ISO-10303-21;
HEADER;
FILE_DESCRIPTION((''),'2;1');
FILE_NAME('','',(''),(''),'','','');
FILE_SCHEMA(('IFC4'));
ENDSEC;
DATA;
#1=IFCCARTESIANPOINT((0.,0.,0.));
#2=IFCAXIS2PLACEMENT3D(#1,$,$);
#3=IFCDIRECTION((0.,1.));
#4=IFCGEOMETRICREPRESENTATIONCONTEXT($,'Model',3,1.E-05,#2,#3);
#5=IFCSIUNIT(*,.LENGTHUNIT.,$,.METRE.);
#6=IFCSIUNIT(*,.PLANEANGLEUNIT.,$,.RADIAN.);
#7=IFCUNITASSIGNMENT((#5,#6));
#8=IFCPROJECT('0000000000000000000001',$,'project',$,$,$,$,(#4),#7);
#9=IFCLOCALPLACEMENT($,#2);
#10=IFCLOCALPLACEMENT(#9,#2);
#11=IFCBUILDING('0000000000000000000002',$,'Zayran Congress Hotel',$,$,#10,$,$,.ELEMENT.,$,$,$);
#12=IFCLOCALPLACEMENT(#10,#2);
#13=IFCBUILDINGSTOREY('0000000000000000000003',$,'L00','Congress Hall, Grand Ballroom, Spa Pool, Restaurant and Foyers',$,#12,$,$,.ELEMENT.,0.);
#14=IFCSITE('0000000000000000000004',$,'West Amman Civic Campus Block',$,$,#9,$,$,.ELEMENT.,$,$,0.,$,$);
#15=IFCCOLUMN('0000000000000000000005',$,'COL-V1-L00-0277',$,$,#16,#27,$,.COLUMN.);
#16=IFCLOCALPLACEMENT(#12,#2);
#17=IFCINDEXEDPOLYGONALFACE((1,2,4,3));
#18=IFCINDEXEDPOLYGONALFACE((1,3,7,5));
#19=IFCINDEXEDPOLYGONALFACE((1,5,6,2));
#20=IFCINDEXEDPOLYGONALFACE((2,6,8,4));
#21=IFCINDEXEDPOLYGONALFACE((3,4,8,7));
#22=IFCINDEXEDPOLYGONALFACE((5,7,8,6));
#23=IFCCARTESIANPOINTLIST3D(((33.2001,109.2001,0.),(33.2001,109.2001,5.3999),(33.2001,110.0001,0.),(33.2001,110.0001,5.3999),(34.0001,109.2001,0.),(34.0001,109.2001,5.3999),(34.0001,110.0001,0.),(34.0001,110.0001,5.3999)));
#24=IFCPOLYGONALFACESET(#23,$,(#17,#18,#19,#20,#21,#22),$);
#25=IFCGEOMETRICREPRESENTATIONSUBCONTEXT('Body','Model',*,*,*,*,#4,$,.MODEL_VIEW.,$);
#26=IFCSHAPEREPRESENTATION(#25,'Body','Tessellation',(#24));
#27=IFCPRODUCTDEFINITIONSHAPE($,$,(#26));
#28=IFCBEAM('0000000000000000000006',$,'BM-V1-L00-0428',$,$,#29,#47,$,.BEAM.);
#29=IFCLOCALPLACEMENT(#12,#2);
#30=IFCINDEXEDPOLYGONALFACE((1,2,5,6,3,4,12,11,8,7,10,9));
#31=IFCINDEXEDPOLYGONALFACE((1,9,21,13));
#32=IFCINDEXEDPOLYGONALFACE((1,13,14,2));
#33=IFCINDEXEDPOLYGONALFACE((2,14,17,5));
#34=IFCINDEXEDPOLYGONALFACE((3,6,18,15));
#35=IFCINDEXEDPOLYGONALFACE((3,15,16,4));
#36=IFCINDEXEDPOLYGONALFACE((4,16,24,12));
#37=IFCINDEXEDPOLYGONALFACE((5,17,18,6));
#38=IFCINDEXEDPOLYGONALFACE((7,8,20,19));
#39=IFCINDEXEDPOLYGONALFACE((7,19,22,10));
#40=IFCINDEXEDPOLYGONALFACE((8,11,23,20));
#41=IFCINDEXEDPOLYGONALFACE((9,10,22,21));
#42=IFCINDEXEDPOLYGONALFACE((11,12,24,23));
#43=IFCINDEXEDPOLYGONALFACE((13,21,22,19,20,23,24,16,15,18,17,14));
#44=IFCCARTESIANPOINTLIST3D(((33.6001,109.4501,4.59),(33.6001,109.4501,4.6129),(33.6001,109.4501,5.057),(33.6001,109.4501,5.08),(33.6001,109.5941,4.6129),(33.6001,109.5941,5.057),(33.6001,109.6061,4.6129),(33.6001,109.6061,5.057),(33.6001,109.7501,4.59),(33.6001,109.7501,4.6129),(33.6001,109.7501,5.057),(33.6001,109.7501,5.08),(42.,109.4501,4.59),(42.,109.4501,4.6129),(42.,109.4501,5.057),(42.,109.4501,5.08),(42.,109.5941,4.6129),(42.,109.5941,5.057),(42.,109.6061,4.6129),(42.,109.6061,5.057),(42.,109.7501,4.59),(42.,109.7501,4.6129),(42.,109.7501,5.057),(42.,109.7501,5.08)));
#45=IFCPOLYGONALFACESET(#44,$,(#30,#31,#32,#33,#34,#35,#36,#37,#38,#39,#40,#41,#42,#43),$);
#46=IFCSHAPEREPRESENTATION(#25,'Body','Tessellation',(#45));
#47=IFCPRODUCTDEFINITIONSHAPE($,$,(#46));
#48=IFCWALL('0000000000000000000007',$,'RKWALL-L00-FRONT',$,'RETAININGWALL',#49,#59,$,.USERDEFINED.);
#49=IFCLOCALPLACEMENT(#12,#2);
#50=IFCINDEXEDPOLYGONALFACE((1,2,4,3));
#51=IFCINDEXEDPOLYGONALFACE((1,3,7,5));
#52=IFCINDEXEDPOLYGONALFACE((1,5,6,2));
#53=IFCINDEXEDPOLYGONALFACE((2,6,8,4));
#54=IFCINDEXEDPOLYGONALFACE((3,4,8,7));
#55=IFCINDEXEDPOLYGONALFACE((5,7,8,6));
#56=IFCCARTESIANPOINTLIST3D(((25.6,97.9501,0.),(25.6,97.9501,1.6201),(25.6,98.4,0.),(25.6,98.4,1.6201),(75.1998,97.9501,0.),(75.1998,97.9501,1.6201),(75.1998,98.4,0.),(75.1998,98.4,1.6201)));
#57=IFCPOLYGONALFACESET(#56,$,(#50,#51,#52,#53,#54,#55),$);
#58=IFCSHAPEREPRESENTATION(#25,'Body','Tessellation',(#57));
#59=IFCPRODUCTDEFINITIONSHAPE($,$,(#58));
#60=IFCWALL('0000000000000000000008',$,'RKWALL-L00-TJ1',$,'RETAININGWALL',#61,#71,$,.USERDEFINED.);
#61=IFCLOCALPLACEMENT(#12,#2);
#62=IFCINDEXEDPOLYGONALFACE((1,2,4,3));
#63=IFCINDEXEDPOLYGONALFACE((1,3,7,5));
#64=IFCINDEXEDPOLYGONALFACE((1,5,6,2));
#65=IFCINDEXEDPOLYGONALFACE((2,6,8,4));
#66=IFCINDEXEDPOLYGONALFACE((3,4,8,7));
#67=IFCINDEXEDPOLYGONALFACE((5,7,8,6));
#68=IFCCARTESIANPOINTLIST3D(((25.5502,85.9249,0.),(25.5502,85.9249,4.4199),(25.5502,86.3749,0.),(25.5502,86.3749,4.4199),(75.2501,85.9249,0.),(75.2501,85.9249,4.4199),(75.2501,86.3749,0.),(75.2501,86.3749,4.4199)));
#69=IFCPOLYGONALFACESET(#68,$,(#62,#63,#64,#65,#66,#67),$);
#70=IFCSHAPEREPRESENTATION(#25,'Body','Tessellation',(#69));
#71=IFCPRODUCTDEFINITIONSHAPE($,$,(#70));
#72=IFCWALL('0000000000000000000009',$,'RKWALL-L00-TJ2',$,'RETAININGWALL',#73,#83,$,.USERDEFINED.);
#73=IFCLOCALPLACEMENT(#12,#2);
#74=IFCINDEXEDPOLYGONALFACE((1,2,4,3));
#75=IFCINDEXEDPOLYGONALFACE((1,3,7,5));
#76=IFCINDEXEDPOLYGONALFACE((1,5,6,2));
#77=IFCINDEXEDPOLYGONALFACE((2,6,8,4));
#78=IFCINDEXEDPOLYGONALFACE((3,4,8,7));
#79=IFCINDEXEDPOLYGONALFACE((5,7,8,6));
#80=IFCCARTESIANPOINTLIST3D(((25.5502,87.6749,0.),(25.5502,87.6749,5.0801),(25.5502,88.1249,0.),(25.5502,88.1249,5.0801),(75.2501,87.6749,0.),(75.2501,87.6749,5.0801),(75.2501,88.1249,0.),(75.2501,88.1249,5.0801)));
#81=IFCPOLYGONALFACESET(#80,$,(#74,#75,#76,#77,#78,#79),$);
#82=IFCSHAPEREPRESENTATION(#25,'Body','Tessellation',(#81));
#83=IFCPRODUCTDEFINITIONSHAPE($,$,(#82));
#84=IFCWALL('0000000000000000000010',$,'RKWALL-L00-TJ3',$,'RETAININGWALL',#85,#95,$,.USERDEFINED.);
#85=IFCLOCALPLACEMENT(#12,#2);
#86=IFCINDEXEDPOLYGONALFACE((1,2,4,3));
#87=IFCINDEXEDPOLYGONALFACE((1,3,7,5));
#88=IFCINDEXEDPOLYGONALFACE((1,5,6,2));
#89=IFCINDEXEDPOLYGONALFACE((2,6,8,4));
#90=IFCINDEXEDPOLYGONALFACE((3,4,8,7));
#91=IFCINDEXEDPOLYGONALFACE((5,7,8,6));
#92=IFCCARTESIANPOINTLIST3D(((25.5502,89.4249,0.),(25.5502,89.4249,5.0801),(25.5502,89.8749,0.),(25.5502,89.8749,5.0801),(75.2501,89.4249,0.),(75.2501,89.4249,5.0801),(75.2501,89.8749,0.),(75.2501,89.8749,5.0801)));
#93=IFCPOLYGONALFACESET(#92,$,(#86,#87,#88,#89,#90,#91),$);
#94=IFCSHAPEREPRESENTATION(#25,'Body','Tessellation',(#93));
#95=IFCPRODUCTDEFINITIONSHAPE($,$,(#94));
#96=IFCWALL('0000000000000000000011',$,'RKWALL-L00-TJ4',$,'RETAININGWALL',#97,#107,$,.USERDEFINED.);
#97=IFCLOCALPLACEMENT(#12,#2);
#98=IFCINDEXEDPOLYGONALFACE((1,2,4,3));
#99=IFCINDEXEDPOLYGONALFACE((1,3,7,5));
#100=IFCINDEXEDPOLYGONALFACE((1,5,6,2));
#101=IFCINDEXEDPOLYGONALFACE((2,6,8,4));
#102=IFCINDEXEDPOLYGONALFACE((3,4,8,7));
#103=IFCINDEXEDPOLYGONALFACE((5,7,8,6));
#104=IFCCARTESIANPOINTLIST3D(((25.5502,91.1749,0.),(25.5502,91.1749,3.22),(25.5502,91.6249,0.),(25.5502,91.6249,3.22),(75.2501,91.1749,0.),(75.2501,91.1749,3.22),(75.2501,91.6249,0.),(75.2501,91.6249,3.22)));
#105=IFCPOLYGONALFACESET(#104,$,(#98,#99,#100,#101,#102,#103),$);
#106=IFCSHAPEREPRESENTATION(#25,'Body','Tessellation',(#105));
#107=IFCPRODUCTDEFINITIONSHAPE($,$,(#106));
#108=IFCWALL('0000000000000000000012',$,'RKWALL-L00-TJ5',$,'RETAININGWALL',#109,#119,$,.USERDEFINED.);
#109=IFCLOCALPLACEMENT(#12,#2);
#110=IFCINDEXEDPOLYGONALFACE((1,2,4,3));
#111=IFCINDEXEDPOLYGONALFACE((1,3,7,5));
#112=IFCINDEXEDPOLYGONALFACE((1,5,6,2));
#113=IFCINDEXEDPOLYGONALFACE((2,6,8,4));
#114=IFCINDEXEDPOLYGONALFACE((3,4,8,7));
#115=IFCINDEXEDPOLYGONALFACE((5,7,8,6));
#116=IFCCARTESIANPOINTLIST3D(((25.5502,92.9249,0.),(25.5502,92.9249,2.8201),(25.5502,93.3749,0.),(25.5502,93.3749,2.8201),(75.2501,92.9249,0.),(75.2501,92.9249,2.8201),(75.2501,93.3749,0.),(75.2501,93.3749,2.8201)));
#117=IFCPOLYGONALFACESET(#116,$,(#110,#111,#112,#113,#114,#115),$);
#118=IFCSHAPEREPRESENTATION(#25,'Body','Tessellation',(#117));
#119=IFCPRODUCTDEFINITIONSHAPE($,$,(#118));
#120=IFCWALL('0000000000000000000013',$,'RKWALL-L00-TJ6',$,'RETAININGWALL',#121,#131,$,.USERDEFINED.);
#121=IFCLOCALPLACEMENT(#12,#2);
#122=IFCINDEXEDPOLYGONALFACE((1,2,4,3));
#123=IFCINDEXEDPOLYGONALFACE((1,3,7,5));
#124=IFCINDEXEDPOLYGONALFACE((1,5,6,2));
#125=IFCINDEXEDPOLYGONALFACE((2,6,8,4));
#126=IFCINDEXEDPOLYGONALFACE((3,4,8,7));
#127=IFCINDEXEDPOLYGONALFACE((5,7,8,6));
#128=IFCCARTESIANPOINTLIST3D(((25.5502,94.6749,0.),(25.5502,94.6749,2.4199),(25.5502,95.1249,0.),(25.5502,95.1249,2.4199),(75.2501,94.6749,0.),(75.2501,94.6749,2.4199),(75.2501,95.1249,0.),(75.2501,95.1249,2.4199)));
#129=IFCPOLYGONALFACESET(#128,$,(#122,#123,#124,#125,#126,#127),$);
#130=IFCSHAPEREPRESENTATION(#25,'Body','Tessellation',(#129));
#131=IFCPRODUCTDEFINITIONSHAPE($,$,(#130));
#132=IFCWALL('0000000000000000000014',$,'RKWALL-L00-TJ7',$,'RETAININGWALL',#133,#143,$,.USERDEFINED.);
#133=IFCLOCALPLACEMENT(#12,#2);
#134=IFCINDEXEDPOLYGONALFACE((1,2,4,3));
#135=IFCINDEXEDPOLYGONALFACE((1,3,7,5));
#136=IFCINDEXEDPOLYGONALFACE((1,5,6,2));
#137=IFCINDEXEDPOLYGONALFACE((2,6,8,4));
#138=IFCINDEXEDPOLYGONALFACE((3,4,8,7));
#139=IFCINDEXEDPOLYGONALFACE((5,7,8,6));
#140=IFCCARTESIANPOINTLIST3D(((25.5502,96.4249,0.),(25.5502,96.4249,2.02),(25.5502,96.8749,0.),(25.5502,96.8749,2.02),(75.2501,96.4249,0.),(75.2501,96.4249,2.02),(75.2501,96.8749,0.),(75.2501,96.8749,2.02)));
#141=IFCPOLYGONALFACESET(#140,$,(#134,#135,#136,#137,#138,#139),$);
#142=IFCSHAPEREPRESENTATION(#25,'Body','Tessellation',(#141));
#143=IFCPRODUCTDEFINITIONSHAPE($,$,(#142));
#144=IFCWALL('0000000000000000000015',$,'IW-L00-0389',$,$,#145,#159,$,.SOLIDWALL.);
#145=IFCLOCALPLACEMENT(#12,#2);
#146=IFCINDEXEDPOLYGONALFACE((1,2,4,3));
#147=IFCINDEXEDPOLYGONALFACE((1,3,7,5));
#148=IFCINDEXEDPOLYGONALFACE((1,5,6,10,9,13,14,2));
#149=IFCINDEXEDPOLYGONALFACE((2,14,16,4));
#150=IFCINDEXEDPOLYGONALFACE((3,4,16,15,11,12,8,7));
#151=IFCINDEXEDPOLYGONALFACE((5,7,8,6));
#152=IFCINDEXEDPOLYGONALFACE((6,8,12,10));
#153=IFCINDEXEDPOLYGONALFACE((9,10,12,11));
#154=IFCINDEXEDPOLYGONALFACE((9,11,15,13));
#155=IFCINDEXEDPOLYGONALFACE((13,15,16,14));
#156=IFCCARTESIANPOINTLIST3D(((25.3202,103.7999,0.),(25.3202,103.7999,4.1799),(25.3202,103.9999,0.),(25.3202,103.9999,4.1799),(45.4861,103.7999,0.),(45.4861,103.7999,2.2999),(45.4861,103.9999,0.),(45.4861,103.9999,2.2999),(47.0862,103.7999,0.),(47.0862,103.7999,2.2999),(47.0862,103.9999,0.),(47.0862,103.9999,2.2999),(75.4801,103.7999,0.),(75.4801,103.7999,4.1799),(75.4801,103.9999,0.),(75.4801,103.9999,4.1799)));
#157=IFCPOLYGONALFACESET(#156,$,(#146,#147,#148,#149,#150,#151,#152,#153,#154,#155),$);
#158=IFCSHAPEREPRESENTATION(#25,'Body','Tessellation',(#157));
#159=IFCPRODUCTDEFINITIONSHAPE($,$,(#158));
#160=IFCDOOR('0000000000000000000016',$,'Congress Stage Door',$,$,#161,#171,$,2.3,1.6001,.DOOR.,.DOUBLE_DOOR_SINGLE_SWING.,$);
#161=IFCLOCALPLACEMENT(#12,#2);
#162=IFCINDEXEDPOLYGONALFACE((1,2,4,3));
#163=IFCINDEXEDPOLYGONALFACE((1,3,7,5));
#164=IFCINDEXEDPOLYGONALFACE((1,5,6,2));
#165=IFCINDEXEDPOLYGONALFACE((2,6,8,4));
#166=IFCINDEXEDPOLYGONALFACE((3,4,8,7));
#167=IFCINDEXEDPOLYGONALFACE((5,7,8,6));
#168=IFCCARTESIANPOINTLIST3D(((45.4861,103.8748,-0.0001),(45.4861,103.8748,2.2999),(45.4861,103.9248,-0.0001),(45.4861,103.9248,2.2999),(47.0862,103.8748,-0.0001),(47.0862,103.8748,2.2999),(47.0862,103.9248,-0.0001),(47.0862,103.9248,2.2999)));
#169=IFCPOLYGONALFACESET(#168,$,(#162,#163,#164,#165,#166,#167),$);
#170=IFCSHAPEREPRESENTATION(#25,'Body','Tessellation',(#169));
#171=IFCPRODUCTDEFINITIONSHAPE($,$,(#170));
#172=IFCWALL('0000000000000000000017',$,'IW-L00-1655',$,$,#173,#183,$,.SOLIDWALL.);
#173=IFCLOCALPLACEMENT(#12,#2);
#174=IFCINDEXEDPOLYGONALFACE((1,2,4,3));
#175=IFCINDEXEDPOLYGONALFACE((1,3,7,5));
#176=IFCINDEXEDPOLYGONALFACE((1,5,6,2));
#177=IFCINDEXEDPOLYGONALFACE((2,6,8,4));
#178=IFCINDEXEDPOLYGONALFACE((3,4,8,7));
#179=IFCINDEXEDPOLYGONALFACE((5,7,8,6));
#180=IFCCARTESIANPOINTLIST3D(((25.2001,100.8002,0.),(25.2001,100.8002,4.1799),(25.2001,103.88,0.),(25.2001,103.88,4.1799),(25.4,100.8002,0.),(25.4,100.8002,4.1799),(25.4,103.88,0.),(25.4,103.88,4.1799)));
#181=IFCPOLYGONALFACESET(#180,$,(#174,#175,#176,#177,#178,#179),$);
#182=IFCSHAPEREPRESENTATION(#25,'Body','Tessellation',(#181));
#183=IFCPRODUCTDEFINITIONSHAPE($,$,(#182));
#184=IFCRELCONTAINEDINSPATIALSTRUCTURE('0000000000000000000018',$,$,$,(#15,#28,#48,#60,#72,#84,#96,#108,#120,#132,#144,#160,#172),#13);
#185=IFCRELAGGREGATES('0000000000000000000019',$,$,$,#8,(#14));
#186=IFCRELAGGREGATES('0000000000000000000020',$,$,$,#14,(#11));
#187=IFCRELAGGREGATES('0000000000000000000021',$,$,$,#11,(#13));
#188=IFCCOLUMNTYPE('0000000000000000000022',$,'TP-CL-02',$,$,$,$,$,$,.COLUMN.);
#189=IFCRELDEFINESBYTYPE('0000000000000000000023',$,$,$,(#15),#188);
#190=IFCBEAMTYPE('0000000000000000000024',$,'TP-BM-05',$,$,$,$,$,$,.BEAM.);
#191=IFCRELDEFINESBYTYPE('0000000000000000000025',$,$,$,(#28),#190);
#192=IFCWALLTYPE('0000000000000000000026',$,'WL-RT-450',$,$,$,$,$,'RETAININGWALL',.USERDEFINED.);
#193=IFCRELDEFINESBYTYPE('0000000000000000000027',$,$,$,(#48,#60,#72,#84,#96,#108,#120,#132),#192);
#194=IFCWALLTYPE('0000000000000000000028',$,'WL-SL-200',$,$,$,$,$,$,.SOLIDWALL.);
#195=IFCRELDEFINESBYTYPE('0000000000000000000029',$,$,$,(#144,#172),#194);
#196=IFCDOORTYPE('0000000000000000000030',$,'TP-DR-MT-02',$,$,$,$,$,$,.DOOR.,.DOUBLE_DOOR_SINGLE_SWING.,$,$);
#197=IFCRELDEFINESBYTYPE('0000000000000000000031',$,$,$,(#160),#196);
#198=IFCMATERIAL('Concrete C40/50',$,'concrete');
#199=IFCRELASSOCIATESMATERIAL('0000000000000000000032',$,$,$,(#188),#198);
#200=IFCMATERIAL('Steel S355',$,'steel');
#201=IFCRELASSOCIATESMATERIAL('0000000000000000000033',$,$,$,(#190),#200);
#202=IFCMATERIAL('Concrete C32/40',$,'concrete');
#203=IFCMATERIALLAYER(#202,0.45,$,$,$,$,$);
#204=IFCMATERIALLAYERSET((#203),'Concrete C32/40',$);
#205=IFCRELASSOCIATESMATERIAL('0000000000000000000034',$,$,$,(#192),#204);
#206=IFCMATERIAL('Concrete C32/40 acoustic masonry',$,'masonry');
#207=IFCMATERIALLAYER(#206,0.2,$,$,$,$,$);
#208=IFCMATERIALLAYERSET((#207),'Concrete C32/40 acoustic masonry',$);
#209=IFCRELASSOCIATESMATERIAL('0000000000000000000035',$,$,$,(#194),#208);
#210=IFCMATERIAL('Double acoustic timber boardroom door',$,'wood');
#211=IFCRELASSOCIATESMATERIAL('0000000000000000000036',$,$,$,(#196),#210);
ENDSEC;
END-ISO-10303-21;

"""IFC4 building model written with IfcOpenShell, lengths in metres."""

from ifc_helpers import new_model, si_unit, direction, frame, frame_2d, origin, origin_2d, place, context, subcontext, project, spatial, rectangle, i_section, extrude, material, layer, layer_set, material_profile, profile_set, type_object, element, fill, save


model = new_model("IFC4")

# Units and contexts
model_context = context("Model", 3, precision=1e-05, world=origin(), true_north=direction((0.0, 1.0)))
body_context = subcontext(model_context, "Body", "Model", "MODEL_VIEW")
ifc_project = project(units=[si_unit("LENGTHUNIT", "METRE"), si_unit("PLANEANGLEUNIT", "RADIAN")], contexts=[model_context])

# Site, building, storey
site_placement = place(None, origin())
site = spatial("IfcSite", under=ifc_project, at=site_placement, Name="West Amman Civic Campus Block", CompositionType="ELEMENT", RefElevation=0.0)
building_placement = place(site_placement, origin())
building = spatial("IfcBuilding", under=site, at=building_placement, Name="Zayran Congress Hotel", CompositionType="ELEMENT")
storey_placement = place(building_placement, origin())
storey = spatial("IfcBuildingStorey", under=building, at=storey_placement, Name="L00", Description="Congress Hall, Grand Ballroom, Spa Pool, Restaurant and Foyers", CompositionType="ELEMENT", Elevation=0.0)

# Column
ifc_material_1 = material(Name="Concrete C40/50", Category="concrete")
ifc_material_profile_1 = material_profile(ifc_material_1, rectangle(XDim=0.8, YDim=0.8, at=origin_2d()), Name="RC 800x800")
ifc_profile_set_1 = profile_set([ifc_material_profile_1], Name="Concrete C40/50")
column_type = type_object("IfcColumnType", Name="TP-CL-02", PredefinedType="COLUMN", material=ifc_profile_set_1)
column_placement = place(storey_placement, frame((33.6001, 109.6001, 0.0), z_axis=(0.0, 0.0, 1.0), x_axis=(1.0, 0.0, 0.0)))
element("IfcColumn", 1, at=column_placement, inside=storey, type_object=column_type, Name="COL-V1-L00-0277", PredefinedType="COLUMN", context=body_context, shape_type="SweptSolid", body=[
    extrude(rectangle(XDim=0.8, YDim=0.8, at=origin_2d()), origin(), (0.0, 0.0, 1.0), 5.3999),
])

# Beam
ifc_material_2 = material(Name="Steel S355", Category="steel")
ifc_material_profile_2 = material_profile(ifc_material_2, i_section(OverallWidth=0.3, OverallDepth=0.49, WebThickness=0.012, FlangeThickness=0.0229, at=origin_2d()), Name="HEA 500")
ifc_profile_set_2 = profile_set([ifc_material_profile_2], Name="Steel S355")
beam_type = type_object("IfcBeamType", Name="TP-BM-05", PredefinedType="BEAM", material=ifc_profile_set_2)
beam_placement = place(storey_placement, frame((33.6001, 109.6001, 4.835), z_axis=(1.0, 0.0, 0.0), x_axis=(0.0, 1.0, 0.0)))
element("IfcBeam", 2, at=beam_placement, inside=storey, type_object=beam_type, Name="BM-V1-L00-0428", PredefinedType="BEAM", context=body_context, shape_type="SweptSolid", body=[
    extrude(i_section(OverallWidth=0.3, OverallDepth=0.49, WebThickness=0.012, FlangeThickness=0.0229, at=origin_2d()), origin(), (0.0, 0.0, 1.0), 8.3999),
])

# Walls
ifc_material_3 = material(Name="Concrete C32/40", Category="concrete")
ifc_layer_1 = layer(ifc_material_3, 0.45)
ifc_layer_set_1 = layer_set([ifc_layer_1], Name="Concrete C32/40")
wall_type_1 = type_object("IfcWallType", Name="WL-RT-450", ElementType="RETAININGWALL", PredefinedType="USERDEFINED", material=ifc_layer_set_1)
wall_1_placement = place(storey_placement, frame((25.6001, 98.175, 0.0), z_axis=(0.0, 0.0, 1.0), x_axis=(1.0, 0.0, 0.0)))
element("IfcWall", 3, at=wall_1_placement, inside=storey, type_object=wall_type_1, Name="RKWALL-L00-FRONT", ObjectType="RETAININGWALL", PredefinedType="USERDEFINED", context=body_context, shape_type="SweptSolid", body=[
    extrude(rectangle(XDim=49.5999, YDim=0.45, at=frame_2d((24.7998, 0.0))), origin(), (0.0, 0.0, 1.0), 1.6201),
])
wall_2_placement = place(storey_placement, frame((25.55, 86.1499, 0.0), z_axis=(0.0, 0.0, 1.0), x_axis=(1.0, 0.0, 0.0)))
element("IfcWall", 4, at=wall_2_placement, inside=storey, type_object=wall_type_1, Name="RKWALL-L00-TJ1", ObjectType="RETAININGWALL", PredefinedType="USERDEFINED", context=body_context, shape_type="SweptSolid", body=[
    extrude(rectangle(XDim=49.7, YDim=0.45, at=frame_2d((24.8501, 0.0))), origin(), (0.0, 0.0, 1.0), 4.4199),
])
for number, where, z_axis, x_axis, name in (
    (5, (25.55, 87.8999, 0.0), (0.0, 0.0, 1.0), (1.0, 0.0, 0.0), "RKWALL-L00-TJ2"),
    (6, (25.55, 89.6499, 0.0), (0.0, 0.0, 1.0), (1.0, 0.0, 0.0), "RKWALL-L00-TJ3"),
):
    element("IfcWall", number, at=place(storey_placement, frame(where, z_axis=z_axis, x_axis=x_axis)), inside=storey, type_object=wall_type_1, Name=name, ObjectType="RETAININGWALL", PredefinedType="USERDEFINED", context=body_context, shape_type="SweptSolid", body=[
        extrude(rectangle(XDim=49.7, YDim=0.45, at=frame_2d((24.8501, 0.0))), origin(), (0.0, 0.0, 1.0), 5.0801),
    ])
wall_3_placement = place(storey_placement, frame((25.55, 91.3999, 0.0), z_axis=(0.0, 0.0, 1.0), x_axis=(1.0, 0.0, 0.0)))
element("IfcWall", 7, at=wall_3_placement, inside=storey, type_object=wall_type_1, Name="RKWALL-L00-TJ4", ObjectType="RETAININGWALL", PredefinedType="USERDEFINED", context=body_context, shape_type="SweptSolid", body=[
    extrude(rectangle(XDim=49.7, YDim=0.45, at=frame_2d((24.8501, 0.0))), origin(), (0.0, 0.0, 1.0), 3.22),
])
wall_4_placement = place(storey_placement, frame((25.55, 93.1499, 0.0), z_axis=(0.0, 0.0, 1.0), x_axis=(1.0, 0.0, 0.0)))
element("IfcWall", 8, at=wall_4_placement, inside=storey, type_object=wall_type_1, Name="RKWALL-L00-TJ5", ObjectType="RETAININGWALL", PredefinedType="USERDEFINED", context=body_context, shape_type="SweptSolid", body=[
    extrude(rectangle(XDim=49.7, YDim=0.45, at=frame_2d((24.8501, 0.0))), origin(), (0.0, 0.0, 1.0), 2.8201),
])
wall_5_placement = place(storey_placement, frame((25.55, 94.8999, 0.0), z_axis=(0.0, 0.0, 1.0), x_axis=(1.0, 0.0, 0.0)))
element("IfcWall", 9, at=wall_5_placement, inside=storey, type_object=wall_type_1, Name="RKWALL-L00-TJ6", ObjectType="RETAININGWALL", PredefinedType="USERDEFINED", context=body_context, shape_type="SweptSolid", body=[
    extrude(rectangle(XDim=49.7, YDim=0.45, at=frame_2d((24.8501, 0.0))), origin(), (0.0, 0.0, 1.0), 2.4199),
])
wall_6_placement = place(storey_placement, frame((25.55, 96.6499, 0.0), z_axis=(0.0, 0.0, 1.0), x_axis=(1.0, 0.0, 0.0)))
element("IfcWall", 10, at=wall_6_placement, inside=storey, type_object=wall_type_1, Name="RKWALL-L00-TJ7", ObjectType="RETAININGWALL", PredefinedType="USERDEFINED", context=body_context, shape_type="SweptSolid", body=[
    extrude(rectangle(XDim=49.7, YDim=0.45, at=frame_2d((24.8501, 0.0))), origin(), (0.0, 0.0, 1.0), 2.02),
])

# Wall, opening, door
ifc_material_4 = material(Name="Concrete C32/40 acoustic masonry", Category="masonry")
ifc_layer_2 = layer(ifc_material_4, 0.2)
ifc_layer_set_2 = layer_set([ifc_layer_2], Name="Concrete C32/40 acoustic masonry")
wall_type_2 = type_object("IfcWallType", Name="WL-SL-200", PredefinedType="SOLIDWALL", material=ifc_layer_set_2)
wall_7_placement = place(storey_placement, frame((25.3201, 103.8999, 0.0), z_axis=(0.0, 0.0, 1.0), x_axis=(1.0, 0.0, 0.0)))
wall_7 = element("IfcWall", 11, at=wall_7_placement, inside=storey, type_object=wall_type_2, Name="IW-L00-0389", PredefinedType="SOLIDWALL", context=body_context, shape_type="SweptSolid", body=[
    extrude(rectangle(XDim=50.1599, YDim=0.2, at=frame_2d((25.0801, 0.0))), origin(), (0.0, 0.0, 1.0), 4.1799),
])
opening_placement = place(wall_7_placement, frame((20.166, 0.0, 0.0)))
opening = element("IfcOpeningElement", 12, at=opening_placement, cuts=wall_7, PredefinedType="OPENING", context=body_context, shape_type="SweptSolid", body=[
    extrude(rectangle(XDim=1.6001, YDim=2.3, at=frame_2d((0.8, 1.1499))), frame((0.0, 0.1099, 0.0), z_axis=(0.0, -1.0, 0.0), x_axis=(1.0, 0.0, 0.0)), (0.0, 0.0, 1.0), 0.22),
])
ifc_material_5 = material(Name="Double acoustic timber boardroom door", Category="wood")
door_type = type_object("IfcDoorType", Name="TP-DR-MT-02", OperationType="DOUBLE_DOOR_SINGLE_SWING", PredefinedType="DOOR", material=ifc_material_5)
door_placement = place(opening_placement, origin())
door = element("IfcDoor", 13, at=door_placement, inside=storey, type_object=door_type, Name="Congress Stage Door", OperationType="DOUBLE_DOOR_SINGLE_SWING", OverallHeight=2.3, OverallWidth=1.6001, PredefinedType="DOOR", context=body_context, shape_type="SweptSolid", body=[
    extrude(rectangle(XDim=1.6001, YDim=2.3, at=frame_2d((0.8, 1.1499))), frame((0.0, 0.0249, 0.0), z_axis=(0.0, -1.0, 0.0), x_axis=(1.0, 0.0, 0.0)), (0.0, 0.0, 1.0), 0.05),
])
fill(opening, door)

# Wall
wall_8_placement = place(storey_placement, frame((25.3, 100.8, 0.0), z_axis=(0.0, 0.0, 1.0), x_axis=(0.0, 1.0, 0.0)))
element("IfcWall", 14, at=wall_8_placement, inside=storey, type_object=wall_type_2, Name="IW-L00-1655", PredefinedType="SOLIDWALL", context=body_context, shape_type="SweptSolid", body=[
    extrude(rectangle(XDim=3.0798, YDim=0.2, at=frame_2d((1.54, 0.0))), origin(), (0.0, 0.0, 1.0), 4.1799),
])

save(model, "model.ifc")
